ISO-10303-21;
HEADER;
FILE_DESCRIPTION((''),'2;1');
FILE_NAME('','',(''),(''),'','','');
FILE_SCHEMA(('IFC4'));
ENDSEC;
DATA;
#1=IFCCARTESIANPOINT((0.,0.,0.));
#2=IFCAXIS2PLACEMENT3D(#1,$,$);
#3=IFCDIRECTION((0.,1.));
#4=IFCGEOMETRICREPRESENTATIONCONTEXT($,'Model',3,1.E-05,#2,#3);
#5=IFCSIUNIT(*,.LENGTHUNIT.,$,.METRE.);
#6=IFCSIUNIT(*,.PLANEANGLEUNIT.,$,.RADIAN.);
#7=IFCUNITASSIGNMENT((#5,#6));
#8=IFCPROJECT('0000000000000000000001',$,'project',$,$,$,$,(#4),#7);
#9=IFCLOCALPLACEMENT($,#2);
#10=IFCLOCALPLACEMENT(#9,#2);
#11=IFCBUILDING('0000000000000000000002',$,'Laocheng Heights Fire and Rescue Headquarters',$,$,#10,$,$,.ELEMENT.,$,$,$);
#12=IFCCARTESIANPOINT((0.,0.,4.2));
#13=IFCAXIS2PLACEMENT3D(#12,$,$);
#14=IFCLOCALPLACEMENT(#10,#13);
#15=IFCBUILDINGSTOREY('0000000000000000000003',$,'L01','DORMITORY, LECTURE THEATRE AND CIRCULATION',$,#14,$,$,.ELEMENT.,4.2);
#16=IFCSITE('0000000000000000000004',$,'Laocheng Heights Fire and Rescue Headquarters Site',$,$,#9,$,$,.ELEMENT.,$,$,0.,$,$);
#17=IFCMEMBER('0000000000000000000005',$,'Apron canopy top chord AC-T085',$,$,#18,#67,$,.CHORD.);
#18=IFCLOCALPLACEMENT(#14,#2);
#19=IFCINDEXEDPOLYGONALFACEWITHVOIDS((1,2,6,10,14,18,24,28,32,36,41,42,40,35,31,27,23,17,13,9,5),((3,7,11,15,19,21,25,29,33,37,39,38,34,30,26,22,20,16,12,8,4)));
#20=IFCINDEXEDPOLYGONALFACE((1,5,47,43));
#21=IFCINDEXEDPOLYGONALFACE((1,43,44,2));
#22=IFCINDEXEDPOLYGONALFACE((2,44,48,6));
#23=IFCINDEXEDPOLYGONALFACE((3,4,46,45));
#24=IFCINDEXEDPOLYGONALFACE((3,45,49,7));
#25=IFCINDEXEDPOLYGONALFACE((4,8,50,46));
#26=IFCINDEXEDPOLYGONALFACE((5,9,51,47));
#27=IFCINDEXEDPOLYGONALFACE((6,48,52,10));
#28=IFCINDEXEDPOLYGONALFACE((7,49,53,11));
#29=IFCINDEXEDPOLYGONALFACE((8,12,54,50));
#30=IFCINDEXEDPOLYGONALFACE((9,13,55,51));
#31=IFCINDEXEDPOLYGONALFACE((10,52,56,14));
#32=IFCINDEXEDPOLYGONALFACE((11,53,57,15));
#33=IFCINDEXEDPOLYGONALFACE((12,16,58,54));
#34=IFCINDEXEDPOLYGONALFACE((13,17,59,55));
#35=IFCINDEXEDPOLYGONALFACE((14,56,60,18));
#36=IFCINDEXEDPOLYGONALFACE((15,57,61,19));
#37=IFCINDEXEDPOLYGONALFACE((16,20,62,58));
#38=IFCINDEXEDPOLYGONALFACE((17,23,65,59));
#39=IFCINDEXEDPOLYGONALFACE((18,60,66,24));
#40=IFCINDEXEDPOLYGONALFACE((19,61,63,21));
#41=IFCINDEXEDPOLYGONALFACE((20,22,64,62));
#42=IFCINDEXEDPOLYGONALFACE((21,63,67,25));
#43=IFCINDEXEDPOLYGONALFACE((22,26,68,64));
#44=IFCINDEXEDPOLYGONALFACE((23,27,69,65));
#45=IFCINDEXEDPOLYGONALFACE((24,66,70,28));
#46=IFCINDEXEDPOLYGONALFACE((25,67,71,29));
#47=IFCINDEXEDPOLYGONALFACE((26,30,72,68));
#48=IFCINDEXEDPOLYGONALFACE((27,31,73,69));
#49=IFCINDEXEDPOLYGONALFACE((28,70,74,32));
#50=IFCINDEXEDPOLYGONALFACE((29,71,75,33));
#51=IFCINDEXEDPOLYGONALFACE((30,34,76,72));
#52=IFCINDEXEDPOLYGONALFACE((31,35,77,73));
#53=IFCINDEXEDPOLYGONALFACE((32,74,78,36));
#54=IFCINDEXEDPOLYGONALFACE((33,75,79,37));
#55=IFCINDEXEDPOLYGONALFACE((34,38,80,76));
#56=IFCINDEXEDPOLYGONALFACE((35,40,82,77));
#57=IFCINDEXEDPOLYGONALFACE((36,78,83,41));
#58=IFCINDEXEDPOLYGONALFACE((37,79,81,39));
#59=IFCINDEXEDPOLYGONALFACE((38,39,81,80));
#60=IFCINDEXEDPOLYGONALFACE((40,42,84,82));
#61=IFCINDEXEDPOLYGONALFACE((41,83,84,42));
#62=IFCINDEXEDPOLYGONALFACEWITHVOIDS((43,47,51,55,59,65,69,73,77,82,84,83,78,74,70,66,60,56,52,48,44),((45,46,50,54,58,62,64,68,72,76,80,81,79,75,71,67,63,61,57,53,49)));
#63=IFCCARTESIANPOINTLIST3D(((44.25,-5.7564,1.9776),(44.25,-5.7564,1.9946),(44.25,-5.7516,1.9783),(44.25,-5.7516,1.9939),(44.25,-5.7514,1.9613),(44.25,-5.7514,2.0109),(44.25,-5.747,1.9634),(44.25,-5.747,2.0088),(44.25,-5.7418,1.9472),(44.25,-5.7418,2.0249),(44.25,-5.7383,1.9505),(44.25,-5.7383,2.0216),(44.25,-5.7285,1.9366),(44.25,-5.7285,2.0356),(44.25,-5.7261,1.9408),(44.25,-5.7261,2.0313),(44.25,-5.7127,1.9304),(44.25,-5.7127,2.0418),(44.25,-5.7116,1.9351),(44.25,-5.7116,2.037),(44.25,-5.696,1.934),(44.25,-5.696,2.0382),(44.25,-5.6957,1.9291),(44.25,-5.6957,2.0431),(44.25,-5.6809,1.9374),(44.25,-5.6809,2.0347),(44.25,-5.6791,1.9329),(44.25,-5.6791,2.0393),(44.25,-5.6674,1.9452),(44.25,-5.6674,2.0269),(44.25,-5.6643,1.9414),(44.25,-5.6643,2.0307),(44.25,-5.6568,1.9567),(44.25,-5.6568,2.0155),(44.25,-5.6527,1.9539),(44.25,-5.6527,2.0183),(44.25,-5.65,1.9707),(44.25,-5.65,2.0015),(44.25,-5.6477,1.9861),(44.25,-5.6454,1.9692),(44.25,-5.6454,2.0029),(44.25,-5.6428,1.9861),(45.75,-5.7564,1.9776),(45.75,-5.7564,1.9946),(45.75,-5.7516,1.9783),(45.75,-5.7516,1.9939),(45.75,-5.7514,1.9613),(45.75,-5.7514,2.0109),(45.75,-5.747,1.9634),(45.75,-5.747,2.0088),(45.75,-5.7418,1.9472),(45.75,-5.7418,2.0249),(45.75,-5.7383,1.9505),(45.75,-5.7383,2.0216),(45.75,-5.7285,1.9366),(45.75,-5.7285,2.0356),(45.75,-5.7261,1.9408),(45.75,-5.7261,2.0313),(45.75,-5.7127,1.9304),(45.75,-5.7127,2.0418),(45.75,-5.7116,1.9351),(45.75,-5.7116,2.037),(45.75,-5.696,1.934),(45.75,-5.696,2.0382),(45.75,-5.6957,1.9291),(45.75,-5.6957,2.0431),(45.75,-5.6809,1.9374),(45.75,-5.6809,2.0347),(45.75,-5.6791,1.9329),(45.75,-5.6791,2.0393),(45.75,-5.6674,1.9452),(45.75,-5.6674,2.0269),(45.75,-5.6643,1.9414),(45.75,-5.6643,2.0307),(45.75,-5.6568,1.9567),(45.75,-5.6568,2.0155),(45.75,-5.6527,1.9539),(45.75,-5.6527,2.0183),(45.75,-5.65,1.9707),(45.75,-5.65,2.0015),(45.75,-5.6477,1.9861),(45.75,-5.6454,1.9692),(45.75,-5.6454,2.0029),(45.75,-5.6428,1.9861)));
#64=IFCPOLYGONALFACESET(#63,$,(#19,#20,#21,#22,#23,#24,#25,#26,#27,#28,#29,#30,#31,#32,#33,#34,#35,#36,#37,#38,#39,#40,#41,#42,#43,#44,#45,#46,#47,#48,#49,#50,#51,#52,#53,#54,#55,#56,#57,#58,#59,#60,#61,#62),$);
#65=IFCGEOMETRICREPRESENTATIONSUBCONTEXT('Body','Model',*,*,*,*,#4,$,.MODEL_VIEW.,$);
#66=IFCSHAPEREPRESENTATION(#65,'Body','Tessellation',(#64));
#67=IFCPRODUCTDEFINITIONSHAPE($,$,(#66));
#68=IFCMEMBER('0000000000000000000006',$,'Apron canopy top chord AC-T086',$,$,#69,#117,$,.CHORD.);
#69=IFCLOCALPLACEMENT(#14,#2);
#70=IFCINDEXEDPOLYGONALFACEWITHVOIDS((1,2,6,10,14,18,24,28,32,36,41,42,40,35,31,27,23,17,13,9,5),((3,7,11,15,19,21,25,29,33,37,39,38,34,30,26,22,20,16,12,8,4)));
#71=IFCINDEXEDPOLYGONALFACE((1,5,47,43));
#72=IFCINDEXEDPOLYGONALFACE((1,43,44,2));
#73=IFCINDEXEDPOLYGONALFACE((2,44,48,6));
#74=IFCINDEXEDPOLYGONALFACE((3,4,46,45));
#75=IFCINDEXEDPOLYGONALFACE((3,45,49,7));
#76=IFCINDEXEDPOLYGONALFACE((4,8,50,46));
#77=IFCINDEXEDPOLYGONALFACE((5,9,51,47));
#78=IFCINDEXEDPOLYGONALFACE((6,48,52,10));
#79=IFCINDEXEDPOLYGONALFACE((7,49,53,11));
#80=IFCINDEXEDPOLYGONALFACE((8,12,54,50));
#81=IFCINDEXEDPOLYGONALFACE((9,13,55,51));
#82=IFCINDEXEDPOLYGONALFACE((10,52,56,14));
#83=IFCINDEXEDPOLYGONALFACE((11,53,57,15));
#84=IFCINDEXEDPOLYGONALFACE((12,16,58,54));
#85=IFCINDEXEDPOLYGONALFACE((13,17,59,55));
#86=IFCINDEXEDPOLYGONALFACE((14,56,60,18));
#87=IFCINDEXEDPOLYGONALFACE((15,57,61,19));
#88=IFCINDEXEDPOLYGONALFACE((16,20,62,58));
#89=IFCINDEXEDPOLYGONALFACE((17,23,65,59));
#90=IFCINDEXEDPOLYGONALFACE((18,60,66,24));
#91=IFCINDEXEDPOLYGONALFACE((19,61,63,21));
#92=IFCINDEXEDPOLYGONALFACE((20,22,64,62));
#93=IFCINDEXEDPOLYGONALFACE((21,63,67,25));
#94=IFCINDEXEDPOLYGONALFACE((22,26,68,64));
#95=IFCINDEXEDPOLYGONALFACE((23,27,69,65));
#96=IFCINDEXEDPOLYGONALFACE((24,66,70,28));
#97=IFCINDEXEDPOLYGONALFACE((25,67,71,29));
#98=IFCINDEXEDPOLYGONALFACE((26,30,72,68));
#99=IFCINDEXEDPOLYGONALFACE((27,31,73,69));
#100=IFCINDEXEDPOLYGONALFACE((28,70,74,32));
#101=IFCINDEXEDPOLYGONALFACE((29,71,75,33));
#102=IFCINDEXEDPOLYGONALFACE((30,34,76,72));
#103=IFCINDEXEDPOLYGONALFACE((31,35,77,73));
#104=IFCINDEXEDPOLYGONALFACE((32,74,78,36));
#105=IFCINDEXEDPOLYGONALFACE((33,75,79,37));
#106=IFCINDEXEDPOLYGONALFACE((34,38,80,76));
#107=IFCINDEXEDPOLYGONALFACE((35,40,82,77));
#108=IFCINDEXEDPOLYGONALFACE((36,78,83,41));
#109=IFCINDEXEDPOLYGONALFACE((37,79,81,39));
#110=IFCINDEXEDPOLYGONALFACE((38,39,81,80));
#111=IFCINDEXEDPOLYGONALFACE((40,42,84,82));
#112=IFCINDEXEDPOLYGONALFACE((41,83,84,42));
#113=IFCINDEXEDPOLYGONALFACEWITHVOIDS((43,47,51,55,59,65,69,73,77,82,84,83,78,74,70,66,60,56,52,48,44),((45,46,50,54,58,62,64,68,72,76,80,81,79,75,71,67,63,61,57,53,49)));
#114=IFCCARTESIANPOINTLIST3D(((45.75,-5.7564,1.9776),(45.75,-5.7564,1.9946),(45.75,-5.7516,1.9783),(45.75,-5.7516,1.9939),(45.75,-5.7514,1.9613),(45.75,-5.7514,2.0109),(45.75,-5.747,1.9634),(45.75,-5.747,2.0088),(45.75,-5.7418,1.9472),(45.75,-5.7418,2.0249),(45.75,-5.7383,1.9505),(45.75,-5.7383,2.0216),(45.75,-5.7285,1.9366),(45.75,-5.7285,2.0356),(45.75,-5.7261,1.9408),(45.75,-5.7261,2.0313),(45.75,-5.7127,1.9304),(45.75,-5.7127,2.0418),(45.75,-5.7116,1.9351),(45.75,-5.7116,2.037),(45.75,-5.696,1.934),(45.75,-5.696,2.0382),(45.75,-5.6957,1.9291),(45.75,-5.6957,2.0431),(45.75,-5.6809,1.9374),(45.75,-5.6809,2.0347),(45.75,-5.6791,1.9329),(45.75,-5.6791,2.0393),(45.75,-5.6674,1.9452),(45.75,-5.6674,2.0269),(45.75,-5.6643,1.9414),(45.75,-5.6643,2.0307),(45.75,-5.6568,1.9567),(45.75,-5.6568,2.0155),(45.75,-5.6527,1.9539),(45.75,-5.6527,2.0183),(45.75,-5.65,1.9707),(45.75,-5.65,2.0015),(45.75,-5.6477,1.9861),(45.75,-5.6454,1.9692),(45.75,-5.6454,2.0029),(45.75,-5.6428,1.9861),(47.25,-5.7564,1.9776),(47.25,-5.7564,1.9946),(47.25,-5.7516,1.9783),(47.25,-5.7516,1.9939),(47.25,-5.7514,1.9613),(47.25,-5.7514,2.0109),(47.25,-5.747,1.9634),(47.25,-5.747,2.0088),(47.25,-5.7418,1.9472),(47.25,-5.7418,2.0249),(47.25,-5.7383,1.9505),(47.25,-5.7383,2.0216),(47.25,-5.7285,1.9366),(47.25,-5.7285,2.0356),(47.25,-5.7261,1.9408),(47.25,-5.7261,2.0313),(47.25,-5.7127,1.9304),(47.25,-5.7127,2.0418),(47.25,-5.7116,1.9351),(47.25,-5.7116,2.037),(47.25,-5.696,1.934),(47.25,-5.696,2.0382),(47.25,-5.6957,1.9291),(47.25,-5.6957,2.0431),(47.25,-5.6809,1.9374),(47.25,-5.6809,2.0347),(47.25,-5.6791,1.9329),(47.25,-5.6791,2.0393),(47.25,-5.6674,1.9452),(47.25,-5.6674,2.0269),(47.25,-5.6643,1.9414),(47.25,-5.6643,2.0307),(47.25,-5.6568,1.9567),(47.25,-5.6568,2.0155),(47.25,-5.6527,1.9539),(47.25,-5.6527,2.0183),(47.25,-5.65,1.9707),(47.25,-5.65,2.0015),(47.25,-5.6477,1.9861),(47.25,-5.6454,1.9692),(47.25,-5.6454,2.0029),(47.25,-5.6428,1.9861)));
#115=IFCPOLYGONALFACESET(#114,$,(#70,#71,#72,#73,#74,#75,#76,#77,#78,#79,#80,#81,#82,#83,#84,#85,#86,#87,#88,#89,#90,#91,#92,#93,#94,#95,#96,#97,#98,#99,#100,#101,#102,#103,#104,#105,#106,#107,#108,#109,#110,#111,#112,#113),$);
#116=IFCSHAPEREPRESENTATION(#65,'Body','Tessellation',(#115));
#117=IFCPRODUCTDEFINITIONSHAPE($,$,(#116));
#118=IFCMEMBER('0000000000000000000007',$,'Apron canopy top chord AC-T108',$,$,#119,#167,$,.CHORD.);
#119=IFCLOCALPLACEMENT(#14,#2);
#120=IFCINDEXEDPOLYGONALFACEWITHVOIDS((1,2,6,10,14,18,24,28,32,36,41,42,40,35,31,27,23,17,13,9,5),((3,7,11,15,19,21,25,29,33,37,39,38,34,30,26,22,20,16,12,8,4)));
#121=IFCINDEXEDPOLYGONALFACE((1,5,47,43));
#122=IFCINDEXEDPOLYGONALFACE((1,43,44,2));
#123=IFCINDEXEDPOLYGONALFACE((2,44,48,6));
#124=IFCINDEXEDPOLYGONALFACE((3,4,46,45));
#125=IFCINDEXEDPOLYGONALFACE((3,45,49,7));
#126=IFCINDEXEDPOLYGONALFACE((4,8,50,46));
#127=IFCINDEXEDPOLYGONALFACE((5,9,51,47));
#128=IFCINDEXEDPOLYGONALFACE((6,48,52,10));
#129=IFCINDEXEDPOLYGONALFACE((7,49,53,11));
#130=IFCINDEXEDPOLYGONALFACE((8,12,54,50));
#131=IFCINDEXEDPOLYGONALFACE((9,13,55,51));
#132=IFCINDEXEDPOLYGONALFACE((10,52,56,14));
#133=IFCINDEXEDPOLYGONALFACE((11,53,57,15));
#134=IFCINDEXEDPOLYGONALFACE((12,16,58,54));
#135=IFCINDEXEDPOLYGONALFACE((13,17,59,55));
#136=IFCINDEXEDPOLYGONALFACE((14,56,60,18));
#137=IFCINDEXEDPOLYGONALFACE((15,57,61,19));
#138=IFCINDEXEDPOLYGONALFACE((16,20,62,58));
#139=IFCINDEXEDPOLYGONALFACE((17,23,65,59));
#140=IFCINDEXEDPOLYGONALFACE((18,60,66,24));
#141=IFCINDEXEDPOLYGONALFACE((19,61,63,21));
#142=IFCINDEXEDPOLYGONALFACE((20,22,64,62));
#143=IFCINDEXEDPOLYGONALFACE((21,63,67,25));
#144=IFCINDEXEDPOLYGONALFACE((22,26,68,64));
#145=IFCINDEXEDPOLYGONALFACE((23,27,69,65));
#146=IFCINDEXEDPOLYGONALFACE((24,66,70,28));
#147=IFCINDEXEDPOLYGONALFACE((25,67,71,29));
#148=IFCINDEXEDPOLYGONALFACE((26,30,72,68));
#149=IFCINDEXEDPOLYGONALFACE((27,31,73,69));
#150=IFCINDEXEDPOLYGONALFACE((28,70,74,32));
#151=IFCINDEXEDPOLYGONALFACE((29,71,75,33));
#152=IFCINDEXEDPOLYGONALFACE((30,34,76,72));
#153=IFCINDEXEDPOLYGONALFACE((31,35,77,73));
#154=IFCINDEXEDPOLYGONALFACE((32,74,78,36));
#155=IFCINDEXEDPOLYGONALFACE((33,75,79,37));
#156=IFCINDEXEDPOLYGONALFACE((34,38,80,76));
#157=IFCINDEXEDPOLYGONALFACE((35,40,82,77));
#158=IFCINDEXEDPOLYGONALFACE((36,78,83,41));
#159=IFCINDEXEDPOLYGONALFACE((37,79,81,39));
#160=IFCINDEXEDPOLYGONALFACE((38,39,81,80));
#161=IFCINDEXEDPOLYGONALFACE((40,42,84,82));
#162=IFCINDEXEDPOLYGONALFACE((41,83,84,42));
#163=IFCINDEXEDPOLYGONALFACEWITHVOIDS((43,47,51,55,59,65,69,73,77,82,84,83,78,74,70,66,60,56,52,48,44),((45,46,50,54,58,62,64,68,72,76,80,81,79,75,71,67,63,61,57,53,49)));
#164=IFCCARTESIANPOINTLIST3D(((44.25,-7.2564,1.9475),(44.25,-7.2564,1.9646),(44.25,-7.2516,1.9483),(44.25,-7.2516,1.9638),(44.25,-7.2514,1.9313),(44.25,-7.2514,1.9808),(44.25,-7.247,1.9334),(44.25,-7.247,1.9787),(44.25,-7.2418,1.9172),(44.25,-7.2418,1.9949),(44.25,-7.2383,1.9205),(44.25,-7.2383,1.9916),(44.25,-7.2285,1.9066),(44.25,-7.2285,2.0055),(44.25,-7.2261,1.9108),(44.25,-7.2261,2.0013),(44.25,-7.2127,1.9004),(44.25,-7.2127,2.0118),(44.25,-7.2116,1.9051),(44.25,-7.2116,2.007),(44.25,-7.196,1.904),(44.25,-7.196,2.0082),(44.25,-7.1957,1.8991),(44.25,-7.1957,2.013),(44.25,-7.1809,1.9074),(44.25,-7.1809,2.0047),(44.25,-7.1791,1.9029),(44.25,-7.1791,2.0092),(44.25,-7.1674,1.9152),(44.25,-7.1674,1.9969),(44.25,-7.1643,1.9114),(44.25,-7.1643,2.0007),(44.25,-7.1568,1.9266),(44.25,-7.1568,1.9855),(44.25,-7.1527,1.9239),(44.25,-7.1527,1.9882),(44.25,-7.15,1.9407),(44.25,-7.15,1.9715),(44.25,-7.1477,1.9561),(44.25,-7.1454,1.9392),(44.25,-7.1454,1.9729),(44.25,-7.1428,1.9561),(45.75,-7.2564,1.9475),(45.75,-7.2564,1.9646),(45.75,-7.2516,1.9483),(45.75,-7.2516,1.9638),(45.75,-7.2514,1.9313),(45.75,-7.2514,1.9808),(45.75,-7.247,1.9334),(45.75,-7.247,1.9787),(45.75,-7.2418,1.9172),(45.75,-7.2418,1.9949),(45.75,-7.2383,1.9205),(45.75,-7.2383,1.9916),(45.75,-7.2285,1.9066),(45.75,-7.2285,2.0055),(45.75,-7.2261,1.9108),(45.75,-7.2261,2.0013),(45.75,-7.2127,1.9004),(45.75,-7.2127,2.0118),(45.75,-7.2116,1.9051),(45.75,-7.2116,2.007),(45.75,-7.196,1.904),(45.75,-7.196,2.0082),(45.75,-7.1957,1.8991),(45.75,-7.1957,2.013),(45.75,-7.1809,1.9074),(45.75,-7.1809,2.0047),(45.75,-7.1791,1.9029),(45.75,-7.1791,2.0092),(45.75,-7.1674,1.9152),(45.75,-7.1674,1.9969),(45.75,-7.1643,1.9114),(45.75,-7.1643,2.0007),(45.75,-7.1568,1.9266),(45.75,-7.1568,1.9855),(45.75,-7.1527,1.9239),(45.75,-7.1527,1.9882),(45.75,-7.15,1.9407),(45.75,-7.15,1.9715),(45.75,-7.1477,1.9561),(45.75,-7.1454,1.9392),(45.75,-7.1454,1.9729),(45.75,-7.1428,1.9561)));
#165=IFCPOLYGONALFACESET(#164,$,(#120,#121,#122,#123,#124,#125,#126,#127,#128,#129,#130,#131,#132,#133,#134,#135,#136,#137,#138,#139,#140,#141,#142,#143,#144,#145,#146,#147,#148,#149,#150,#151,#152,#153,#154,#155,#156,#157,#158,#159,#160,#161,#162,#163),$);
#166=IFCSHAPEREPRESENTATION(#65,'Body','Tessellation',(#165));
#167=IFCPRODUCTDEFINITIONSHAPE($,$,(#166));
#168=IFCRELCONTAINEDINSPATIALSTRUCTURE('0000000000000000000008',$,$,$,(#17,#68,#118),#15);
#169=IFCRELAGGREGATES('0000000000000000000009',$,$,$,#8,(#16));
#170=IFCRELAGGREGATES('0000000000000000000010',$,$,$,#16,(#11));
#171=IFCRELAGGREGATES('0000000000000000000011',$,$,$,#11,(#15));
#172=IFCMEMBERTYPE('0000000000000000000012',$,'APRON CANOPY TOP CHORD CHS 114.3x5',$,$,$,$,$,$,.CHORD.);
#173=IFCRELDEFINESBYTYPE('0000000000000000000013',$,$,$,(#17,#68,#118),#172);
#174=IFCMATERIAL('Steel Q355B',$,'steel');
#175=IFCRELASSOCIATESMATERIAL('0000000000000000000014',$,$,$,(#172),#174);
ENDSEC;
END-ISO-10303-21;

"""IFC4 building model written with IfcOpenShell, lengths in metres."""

from ifc_helpers import new_model, si_unit, direction, frame, origin, origin_2d, place, context, subcontext, project, spatial, hollow_circle, extrude, material, material_profile, profile_set, type_object, element, save


model = new_model("IFC4")

# Units and contexts
model_context = context("Model", 3, precision=1e-05, world=origin(), true_north=direction((0.0, 1.0)))
body_context = subcontext(model_context, "Body", "Model", "MODEL_VIEW")
ifc_project = project(units=[si_unit("LENGTHUNIT", "METRE"), si_unit("PLANEANGLEUNIT", "RADIAN")], contexts=[model_context])

# Site, building, storey
site_placement = place(None, origin())
site = spatial("IfcSite", under=ifc_project, at=site_placement, Name="Laocheng Heights Fire and Rescue Headquarters Site", CompositionType="ELEMENT", RefElevation=0.0)
building_placement = place(site_placement, origin())
building = spatial("IfcBuilding", under=site, at=building_placement, Name="Laocheng Heights Fire and Rescue Headquarters", CompositionType="ELEMENT")
storey_placement = place(building_placement, frame((0.0, 0.0, 4.2)))
storey = spatial("IfcBuildingStorey", under=building, at=storey_placement, Name="L01", Description="DORMITORY, LECTURE THEATRE AND CIRCULATION", CompositionType="ELEMENT", Elevation=4.2)

# Members
ifc_material_1 = material(Name="Steel Q355B", Category="steel")
ifc_material_profile_1 = material_profile(ifc_material_1, hollow_circle(Radius=0.0571, WallThickness=0.0049, at=origin_2d()), Name="CHS 114.3x5")
ifc_profile_set_1 = profile_set([ifc_material_profile_1], Name="Steel Q355B")
member_type_1 = type_object("IfcMemberType", Name="APRON CANOPY TOP CHORD CHS 114.3x5", PredefinedType="CHORD", material=ifc_profile_set_1)
for number, where, z_axis, x_axis, name in (
    (1, (44.25, -5.7, 1.9861), (1.0, 0.0, 0.0), (0.0, 1.0, 0.0), "Apron canopy top chord AC-T085"),
    (2, (45.75, -5.7, 1.9861), (1.0, 0.0, 0.0), (0.0, 1.0, 0.0), "Apron canopy top chord AC-T086"),
    (3, (44.25, -7.2, 1.9561), (1.0, 0.0, 0.0), (0.0, 1.0, 0.0), "Apron canopy top chord AC-T108"),
):
    element("IfcMember", number, at=place(storey_placement, frame(where, z_axis=z_axis, x_axis=x_axis)), inside=storey, type_object=member_type_1, Name=name, PredefinedType="CHORD", context=body_context, shape_type="SweptSolid", body=[
        extrude(hollow_circle(Radius=0.0571, WallThickness=0.0049, at=origin_2d()), origin(), (0.0, 0.0, 1.0), 1.5),
    ])

save(model, "model.ifc")
